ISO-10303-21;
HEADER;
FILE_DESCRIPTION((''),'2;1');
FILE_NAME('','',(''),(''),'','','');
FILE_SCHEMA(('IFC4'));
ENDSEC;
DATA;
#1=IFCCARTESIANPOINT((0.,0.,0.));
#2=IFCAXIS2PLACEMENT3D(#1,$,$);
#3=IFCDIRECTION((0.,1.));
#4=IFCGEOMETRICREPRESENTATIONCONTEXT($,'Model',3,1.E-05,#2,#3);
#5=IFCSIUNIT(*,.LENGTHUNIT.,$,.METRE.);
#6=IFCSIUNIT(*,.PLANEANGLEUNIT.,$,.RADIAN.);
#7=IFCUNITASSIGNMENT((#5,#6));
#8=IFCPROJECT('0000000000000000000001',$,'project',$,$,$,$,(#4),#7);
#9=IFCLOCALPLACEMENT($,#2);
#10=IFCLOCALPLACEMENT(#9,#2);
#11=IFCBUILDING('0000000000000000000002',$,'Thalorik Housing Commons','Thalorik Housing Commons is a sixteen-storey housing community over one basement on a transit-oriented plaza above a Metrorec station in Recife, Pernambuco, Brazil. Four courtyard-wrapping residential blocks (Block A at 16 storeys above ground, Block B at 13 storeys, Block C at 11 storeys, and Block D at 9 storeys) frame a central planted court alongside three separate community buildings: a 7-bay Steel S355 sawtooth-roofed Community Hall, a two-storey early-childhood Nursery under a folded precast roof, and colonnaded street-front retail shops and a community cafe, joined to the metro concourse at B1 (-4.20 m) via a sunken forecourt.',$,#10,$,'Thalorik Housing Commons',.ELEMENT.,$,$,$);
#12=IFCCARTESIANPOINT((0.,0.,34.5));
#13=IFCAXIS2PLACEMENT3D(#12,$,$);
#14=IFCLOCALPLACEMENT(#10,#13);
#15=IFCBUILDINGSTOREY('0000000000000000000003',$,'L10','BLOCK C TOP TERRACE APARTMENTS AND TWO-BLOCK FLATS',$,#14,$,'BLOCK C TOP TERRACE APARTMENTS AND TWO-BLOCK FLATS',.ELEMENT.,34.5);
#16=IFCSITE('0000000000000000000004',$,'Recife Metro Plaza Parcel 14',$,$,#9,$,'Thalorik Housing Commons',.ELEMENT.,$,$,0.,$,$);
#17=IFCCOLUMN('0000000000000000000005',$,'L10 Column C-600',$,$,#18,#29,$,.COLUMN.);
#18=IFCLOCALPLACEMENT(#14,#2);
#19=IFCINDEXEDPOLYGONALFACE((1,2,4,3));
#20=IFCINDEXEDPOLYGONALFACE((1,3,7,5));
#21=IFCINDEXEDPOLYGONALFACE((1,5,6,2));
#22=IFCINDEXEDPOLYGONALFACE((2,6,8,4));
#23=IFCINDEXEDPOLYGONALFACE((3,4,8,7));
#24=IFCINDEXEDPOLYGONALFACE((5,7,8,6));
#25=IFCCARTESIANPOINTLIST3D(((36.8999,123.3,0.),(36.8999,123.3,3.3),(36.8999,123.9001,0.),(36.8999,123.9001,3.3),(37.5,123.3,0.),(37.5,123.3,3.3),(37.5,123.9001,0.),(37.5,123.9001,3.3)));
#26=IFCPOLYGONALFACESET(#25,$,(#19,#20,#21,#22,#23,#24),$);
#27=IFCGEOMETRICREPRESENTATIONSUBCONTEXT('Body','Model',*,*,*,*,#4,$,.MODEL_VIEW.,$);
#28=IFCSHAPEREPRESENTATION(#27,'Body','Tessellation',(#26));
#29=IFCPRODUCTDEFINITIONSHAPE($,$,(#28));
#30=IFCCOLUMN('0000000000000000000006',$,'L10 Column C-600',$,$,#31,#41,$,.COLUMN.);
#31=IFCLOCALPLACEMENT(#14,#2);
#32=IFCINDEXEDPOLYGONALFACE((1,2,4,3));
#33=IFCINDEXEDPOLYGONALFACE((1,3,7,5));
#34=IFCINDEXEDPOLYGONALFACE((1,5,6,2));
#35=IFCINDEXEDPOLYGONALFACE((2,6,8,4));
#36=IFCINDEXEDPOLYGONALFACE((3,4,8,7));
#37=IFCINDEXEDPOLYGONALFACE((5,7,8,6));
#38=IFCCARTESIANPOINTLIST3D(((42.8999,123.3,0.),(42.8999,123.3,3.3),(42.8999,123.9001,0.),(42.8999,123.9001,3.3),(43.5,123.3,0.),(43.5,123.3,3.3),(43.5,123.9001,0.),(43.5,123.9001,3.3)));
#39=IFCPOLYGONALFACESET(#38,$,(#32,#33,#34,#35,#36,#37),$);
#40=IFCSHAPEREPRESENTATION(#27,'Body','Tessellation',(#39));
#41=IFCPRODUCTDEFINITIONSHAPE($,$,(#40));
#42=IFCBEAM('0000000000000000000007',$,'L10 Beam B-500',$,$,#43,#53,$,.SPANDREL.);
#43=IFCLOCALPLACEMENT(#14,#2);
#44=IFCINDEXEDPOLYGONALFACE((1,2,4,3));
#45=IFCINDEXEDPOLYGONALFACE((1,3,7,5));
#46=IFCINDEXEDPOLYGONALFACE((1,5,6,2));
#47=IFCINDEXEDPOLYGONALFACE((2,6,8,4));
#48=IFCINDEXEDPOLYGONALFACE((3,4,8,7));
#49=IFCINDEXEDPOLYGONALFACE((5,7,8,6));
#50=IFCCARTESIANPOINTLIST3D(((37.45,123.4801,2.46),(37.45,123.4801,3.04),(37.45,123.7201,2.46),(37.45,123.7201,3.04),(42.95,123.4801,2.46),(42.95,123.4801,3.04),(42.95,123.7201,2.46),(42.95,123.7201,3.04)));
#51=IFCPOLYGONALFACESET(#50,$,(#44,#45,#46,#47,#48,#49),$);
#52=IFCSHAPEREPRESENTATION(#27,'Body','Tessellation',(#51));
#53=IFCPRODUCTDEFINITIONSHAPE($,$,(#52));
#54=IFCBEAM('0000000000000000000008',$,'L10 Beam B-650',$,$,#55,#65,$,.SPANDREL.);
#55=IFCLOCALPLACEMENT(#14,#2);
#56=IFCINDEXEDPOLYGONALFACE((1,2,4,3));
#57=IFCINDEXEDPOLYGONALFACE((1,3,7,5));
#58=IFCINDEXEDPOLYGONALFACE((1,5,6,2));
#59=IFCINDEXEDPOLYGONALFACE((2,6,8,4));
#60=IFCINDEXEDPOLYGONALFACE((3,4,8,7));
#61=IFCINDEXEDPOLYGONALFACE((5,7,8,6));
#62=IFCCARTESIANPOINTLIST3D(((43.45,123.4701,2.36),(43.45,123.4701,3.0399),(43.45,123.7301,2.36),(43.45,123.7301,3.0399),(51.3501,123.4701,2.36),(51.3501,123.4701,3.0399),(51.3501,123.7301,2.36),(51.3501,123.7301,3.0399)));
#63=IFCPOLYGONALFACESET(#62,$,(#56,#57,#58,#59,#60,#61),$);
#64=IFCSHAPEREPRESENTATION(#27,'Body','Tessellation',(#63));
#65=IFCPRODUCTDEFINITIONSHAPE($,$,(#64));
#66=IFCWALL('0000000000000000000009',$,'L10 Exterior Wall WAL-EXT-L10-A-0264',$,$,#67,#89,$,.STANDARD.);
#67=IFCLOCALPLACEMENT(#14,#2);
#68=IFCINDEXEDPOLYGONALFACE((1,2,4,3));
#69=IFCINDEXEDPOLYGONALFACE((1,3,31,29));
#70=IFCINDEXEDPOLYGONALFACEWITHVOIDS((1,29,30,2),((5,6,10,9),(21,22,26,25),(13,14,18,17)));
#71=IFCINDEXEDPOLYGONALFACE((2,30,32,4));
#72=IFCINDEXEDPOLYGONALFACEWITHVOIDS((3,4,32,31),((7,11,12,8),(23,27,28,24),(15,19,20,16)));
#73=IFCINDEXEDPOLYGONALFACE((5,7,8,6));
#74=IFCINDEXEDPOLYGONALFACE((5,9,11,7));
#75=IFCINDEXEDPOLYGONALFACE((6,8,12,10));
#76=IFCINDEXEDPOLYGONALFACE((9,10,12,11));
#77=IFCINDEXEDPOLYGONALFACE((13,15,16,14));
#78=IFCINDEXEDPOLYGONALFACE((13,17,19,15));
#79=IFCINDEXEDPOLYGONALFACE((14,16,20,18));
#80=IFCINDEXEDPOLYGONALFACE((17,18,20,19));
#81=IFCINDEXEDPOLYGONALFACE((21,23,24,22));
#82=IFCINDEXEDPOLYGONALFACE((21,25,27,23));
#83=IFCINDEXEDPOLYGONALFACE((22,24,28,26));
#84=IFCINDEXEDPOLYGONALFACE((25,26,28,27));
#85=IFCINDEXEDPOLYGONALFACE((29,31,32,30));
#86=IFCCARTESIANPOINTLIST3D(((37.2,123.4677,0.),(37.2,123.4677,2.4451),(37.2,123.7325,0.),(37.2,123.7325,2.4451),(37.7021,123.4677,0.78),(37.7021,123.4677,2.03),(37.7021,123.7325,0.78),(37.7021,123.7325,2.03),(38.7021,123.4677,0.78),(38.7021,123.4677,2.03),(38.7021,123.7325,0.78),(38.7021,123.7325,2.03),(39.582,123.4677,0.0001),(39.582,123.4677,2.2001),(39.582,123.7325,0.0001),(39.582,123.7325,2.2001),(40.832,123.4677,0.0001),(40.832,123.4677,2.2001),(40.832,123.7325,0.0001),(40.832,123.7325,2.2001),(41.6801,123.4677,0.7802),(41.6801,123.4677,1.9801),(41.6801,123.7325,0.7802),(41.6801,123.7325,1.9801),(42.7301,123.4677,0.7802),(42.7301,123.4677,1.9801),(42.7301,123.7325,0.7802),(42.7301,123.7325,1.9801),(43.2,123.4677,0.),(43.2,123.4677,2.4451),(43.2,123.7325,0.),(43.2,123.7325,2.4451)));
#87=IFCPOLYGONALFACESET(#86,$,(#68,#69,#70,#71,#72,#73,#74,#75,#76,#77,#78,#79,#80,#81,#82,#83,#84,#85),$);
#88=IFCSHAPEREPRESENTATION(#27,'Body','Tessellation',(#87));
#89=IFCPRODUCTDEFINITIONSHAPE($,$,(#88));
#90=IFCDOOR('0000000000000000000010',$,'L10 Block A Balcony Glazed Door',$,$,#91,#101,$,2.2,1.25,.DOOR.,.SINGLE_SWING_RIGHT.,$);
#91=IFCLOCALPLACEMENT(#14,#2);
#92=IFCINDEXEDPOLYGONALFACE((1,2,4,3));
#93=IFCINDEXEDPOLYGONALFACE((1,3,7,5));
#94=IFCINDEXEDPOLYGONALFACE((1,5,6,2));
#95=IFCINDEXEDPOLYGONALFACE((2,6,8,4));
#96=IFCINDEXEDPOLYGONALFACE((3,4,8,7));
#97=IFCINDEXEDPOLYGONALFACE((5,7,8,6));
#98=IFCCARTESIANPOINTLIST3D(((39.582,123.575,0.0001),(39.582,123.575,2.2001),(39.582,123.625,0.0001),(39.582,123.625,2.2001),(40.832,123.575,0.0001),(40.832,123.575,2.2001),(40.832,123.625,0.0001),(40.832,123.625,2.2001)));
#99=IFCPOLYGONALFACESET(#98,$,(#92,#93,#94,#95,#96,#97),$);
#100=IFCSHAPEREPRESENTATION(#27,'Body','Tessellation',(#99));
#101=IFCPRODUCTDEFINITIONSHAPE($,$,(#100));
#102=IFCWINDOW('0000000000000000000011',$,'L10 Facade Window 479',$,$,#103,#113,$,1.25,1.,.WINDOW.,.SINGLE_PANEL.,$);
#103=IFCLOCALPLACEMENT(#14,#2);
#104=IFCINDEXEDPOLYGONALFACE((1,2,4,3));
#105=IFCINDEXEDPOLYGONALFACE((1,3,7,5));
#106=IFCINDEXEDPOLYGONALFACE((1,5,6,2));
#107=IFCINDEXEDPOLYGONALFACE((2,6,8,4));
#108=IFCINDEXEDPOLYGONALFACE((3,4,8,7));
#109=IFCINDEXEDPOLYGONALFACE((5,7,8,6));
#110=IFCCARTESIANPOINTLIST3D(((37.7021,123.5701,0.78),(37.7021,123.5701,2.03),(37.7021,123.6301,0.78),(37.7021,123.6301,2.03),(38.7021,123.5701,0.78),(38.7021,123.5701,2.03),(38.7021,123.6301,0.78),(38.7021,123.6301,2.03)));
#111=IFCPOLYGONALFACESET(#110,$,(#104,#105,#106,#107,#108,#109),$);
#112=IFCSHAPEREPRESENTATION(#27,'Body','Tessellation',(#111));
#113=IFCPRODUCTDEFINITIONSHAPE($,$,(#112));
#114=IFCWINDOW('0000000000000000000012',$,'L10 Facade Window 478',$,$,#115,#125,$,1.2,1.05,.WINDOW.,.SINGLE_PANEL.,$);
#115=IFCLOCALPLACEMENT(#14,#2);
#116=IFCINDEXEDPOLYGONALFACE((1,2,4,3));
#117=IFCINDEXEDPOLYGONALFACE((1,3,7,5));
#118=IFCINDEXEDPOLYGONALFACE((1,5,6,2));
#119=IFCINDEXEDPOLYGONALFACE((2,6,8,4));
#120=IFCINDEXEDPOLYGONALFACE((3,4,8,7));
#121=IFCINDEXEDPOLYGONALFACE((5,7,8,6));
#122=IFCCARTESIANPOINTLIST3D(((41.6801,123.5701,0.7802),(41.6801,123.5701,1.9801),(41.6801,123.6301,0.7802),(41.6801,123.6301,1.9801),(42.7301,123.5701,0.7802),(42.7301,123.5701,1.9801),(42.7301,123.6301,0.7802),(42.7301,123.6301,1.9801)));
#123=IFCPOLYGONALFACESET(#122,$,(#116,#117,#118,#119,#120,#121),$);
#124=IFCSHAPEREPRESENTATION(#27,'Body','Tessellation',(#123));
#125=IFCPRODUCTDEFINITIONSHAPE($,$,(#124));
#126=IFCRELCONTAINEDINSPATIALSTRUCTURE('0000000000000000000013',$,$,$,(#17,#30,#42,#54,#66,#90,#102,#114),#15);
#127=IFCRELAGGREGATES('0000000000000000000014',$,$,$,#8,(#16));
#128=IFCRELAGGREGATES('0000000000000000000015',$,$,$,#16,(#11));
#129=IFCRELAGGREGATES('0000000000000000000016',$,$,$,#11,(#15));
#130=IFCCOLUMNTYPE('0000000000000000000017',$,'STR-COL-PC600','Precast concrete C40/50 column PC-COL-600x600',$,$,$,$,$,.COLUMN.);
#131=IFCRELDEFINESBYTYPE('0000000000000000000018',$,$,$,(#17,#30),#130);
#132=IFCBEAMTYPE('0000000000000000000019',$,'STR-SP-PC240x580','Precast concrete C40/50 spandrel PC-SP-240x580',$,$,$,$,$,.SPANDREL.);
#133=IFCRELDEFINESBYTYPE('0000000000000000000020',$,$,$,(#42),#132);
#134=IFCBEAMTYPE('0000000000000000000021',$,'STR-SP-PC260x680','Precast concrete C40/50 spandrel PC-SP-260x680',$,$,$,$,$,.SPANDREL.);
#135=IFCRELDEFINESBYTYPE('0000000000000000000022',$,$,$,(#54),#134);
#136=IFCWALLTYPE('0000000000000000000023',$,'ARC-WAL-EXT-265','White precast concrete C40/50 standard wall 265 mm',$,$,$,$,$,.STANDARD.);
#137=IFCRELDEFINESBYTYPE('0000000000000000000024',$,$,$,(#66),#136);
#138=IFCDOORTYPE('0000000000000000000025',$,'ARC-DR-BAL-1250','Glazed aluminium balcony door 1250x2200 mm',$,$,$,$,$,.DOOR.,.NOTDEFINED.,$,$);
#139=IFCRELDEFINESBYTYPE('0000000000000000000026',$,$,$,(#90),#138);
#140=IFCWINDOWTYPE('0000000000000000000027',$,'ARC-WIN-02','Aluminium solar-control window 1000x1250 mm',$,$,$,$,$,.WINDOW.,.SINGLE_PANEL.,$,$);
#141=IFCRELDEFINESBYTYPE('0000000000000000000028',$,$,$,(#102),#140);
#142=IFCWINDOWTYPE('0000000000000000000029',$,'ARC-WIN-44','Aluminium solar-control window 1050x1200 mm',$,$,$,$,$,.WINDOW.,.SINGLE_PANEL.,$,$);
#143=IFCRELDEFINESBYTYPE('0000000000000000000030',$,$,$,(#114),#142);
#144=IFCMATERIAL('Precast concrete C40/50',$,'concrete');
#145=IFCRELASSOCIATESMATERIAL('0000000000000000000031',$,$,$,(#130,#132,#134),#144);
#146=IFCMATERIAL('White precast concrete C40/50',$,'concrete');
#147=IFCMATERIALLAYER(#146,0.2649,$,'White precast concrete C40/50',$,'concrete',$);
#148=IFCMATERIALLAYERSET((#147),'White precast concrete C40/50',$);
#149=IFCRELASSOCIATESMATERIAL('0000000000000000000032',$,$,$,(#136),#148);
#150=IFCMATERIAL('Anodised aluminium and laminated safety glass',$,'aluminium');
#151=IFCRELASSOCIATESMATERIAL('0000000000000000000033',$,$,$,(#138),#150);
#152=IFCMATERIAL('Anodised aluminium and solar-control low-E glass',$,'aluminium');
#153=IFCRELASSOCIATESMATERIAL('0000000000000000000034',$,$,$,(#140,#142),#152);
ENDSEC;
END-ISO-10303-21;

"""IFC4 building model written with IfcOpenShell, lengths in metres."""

from ifc_helpers import new_model, si_unit, direction, frame, frame_2d, origin, origin_2d, place, context, subcontext, project, spatial, rectangle, extrude, material, layer, layer_set, material_profile, profile_set, type_object, element, fill, save


model = new_model("IFC4")

# Units and contexts
model_context = context("Model", 3, precision=1e-05, world=origin(), true_north=direction((0.0, 1.0)))
body_context = subcontext(model_context, "Body", "Model", "MODEL_VIEW")
ifc_project = project(units=[si_unit("LENGTHUNIT", "METRE"), si_unit("PLANEANGLEUNIT", "RADIAN")], contexts=[model_context])

# Site, building, storey
site_placement = place(None, origin())
site = spatial("IfcSite", under=ifc_project, at=site_placement, Name="Recife Metro Plaza Parcel 14", LongName="Thalorik Housing Commons", CompositionType="ELEMENT", RefElevation=0.0)
building_placement = place(site_placement, origin())
building = spatial("IfcBuilding", under=site, at=building_placement, Name="Thalorik Housing Commons", Description="Thalorik Housing Commons is a sixteen-storey housing community over one basement on a transit-oriented plaza above a Metrorec station in Recife, Pernambuco, Brazil. Four courtyard-wrapping residential blocks (Block A at 16 storeys above ground, Block B at 13 storeys, Block C at 11 storeys, and Block D at 9 storeys) frame a central planted court alongside three separate community buildings: a 7-bay Steel S355 sawtooth-roofed Community Hall, a two-storey early-childhood Nursery under a folded precast roof, and colonnaded street-front retail shops and a community cafe, joined to the metro concourse at B1 (-4.20 m) via a sunken forecourt.", LongName="Thalorik Housing Commons", CompositionType="ELEMENT")
storey_placement = place(building_placement, frame((0.0, 0.0, 34.5)))
storey = spatial("IfcBuildingStorey", under=building, at=storey_placement, Name="L10", Description="BLOCK C TOP TERRACE APARTMENTS AND TWO-BLOCK FLATS", LongName="BLOCK C TOP TERRACE APARTMENTS AND TWO-BLOCK FLATS", CompositionType="ELEMENT", Elevation=34.5)

# Columns
ifc_material_1 = material(Name="Precast concrete C40/50", Category="concrete")
ifc_material_profile_1 = material_profile(ifc_material_1, rectangle(XDim=0.6001, YDim=0.6001, at=origin_2d()), Name="PC 600x600", Category="concrete")
ifc_profile_set_1 = profile_set([ifc_material_profile_1], Name="Precast concrete C40/50")
column_type = type_object("IfcColumnType", Name="STR-COL-PC600", Description="Precast concrete C40/50 column PC-COL-600x600", PredefinedType="COLUMN", material=ifc_profile_set_1)
for number, where, z_axis, x_axis, name in (
    (1, (37.2, 123.6001, 0.0), (0.0, 0.0, 1.0), (1.0, 0.0, 0.0), "L10 Column C-600"),
    (2, (43.2, 123.6001, 0.0), (0.0, 0.0, 1.0), (1.0, 0.0, 0.0), "L10 Column C-600"),
):
    element("IfcColumn", number, at=place(storey_placement, frame(where, z_axis=z_axis, x_axis=x_axis)), inside=storey, type_object=column_type, Name=name, PredefinedType="COLUMN", context=body_context, shape_type="SweptSolid", body=[
        extrude(rectangle(XDim=0.6001, YDim=0.6001, at=origin_2d()), origin(), (0.0, 0.0, 1.0), 3.3),
    ])

# Beams
ifc_material_profile_2 = material_profile(ifc_material_1, rectangle(XDim=0.24, YDim=0.5801, at=origin_2d()), Name="PC SP 240x580", Category="concrete")
ifc_profile_set_2 = profile_set([ifc_material_profile_2], Name="Precast concrete C40/50")
beam_type_1 = type_object("IfcBeamType", Name="STR-SP-PC240x580", Description="Precast concrete C40/50 spandrel PC-SP-240x580", PredefinedType="SPANDREL", material=ifc_profile_set_2)
beam_1_placement = place(storey_placement, frame((37.45, 123.6001, 2.75), z_axis=(1.0, 0.0, 0.0), x_axis=(0.0, 1.0, 0.0)))
element("IfcBeam", 3, at=beam_1_placement, inside=storey, type_object=beam_type_1, Name="L10 Beam B-500", PredefinedType="SPANDREL", context=body_context, shape_type="SweptSolid", body=[
    extrude(rectangle(XDim=0.24, YDim=0.5801, at=origin_2d()), origin(), (0.0, 0.0, 1.0), 5.5),
])
ifc_material_profile_3 = material_profile(ifc_material_1, rectangle(XDim=0.26, YDim=0.6799, at=origin_2d()), Name="PC SP 260x680", Category="concrete")
ifc_profile_set_3 = profile_set([ifc_material_profile_3], Name="Precast concrete C40/50")
beam_type_2 = type_object("IfcBeamType", Name="STR-SP-PC260x680", Description="Precast concrete C40/50 spandrel PC-SP-260x680", PredefinedType="SPANDREL", material=ifc_profile_set_3)
beam_2_placement = place(storey_placement, frame((43.45, 123.6001, 2.7), z_axis=(1.0, 0.0, 0.0), x_axis=(0.0, 1.0, 0.0)))
element("IfcBeam", 4, at=beam_2_placement, inside=storey, type_object=beam_type_2, Name="L10 Beam B-650", PredefinedType="SPANDREL", context=body_context, shape_type="SweptSolid", body=[
    extrude(rectangle(XDim=0.26, YDim=0.6799, at=origin_2d()), origin(), (0.0, 0.0, 1.0), 7.9001),
])

# Wall, openings, door, windows
ifc_material_2 = material(Name="White precast concrete C40/50", Category="concrete")
ifc_layer_1 = layer(ifc_material_2, 0.2649, Name="White precast concrete C40/50", Category="concrete")
ifc_layer_set_1 = layer_set([ifc_layer_1], Name="White precast concrete C40/50")
wall_type_1 = type_object("IfcWallType", Name="ARC-WAL-EXT-265", Description="White precast concrete C40/50 standard wall 265 mm", PredefinedType="STANDARD", material=ifc_layer_set_1)
wall_1_placement = place(storey_placement, frame((43.2, 123.6001, 0.0), z_axis=(0.0, 0.0, 1.0), x_axis=(-1.0, 0.0, 0.0)))
wall_1 = element("IfcWall", 5, at=wall_1_placement, inside=storey, type_object=wall_type_1, Name="L10 Exterior Wall WAL-EXT-L10-A-0264", PredefinedType="STANDARD", context=body_context, shape_type="SweptSolid", body=[
    extrude(rectangle(XDim=6.0, YDim=0.2649, at=frame_2d((3.0, 0.0))), origin(), (0.0, 0.0, 1.0), 2.4451),
])
opening_1_placement = place(wall_1_placement, frame((2.3679, 0.0, 0.0)))
opening_1 = element("IfcOpeningElement", 6, at=opening_1_placement, cuts=wall_1, PredefinedType="OPENING", context=body_context, shape_type="SweptSolid", body=[
    extrude(rectangle(XDim=1.25, YDim=2.2, at=frame_2d((0.625, 1.1001))), frame((0.0, 0.1426, 0.0), z_axis=(0.0, -1.0, 0.0), x_axis=(1.0, 0.0, 0.0)), (0.0, 0.0, 1.0), 0.2849),
])
opening_2_placement = place(wall_1_placement, frame((0.47, 0.0, 0.78)))
opening_2 = element("IfcOpeningElement", 7, at=opening_2_placement, cuts=wall_1, PredefinedType="OPENING", context=body_context, shape_type="SweptSolid", body=[
    extrude(rectangle(XDim=1.05, YDim=1.2, at=frame_2d((0.5249, 0.6001))), frame((0.0, 0.1426, 0.0), z_axis=(0.0, -1.0, 0.0), x_axis=(1.0, 0.0, 0.0)), (0.0, 0.0, 1.0), 0.2849),
])
opening_3_placement = place(wall_1_placement, frame((4.4978, 0.0, 0.78)))
opening_3 = element("IfcOpeningElement", 8, at=opening_3_placement, cuts=wall_1, PredefinedType="OPENING", context=body_context, shape_type="SweptSolid", body=[
    extrude(rectangle(XDim=1.0, YDim=1.25, at=frame_2d((0.5, 0.625))), frame((0.0, 0.1426, 0.0), z_axis=(0.0, -1.0, 0.0), x_axis=(1.0, 0.0, 0.0)), (0.0, 0.0, 1.0), 0.2849),
])
ifc_material_3 = material(Name="Anodised aluminium and laminated safety glass", Category="aluminium")
door_type_1 = type_object("IfcDoorType", Name="ARC-DR-BAL-1250", Description="Glazed aluminium balcony door 1250x2200 mm", OperationType="NOTDEFINED", PredefinedType="DOOR", material=ifc_material_3)
door_1_placement = place(opening_1_placement, frame((1.25, 0.0, 0.0), z_axis=(0.0, 0.0, 1.0), x_axis=(-1.0, 0.0, 0.0)))
door_1 = element("IfcDoor", 9, at=door_1_placement, inside=storey, type_object=door_type_1, Name="L10 Block A Balcony Glazed Door", OperationType="SINGLE_SWING_RIGHT", OverallHeight=2.2, OverallWidth=1.25, PredefinedType="DOOR", context=body_context, shape_type="SweptSolid", body=[
    extrude(rectangle(XDim=1.25, YDim=2.2, at=frame_2d((0.625, 1.1001))), frame((0.0, 0.0249, 0.0), z_axis=(0.0, -1.0, 0.0), x_axis=(1.0, 0.0, 0.0)), (0.0, 0.0, 1.0), 0.05),
])
fill(opening_1, door_1)
ifc_material_4 = material(Name="Anodised aluminium and solar-control low-E glass", Category="aluminium")
window_type_1 = type_object("IfcWindowType", Name="ARC-WIN-02", Description="Aluminium solar-control window 1000x1250 mm", PartitioningType="SINGLE_PANEL", PredefinedType="WINDOW", material=ifc_material_4)
window_1_placement = place(opening_3_placement, origin())
window_1 = element("IfcWindow", 10, at=window_1_placement, inside=storey, type_object=window_type_1, Name="L10 Facade Window 479", OverallHeight=1.25, OverallWidth=1.0, PartitioningType="SINGLE_PANEL", PredefinedType="WINDOW", context=body_context, shape_type="SweptSolid", body=[
    extrude(rectangle(XDim=1.0, YDim=1.25, at=frame_2d((0.5, 0.625))), frame((0.0, 0.03, 0.0), z_axis=(0.0, -1.0, 0.0), x_axis=(1.0, 0.0, 0.0)), (0.0, 0.0, 1.0), 0.0601),
])
fill(opening_3, window_1)
window_type_2 = type_object("IfcWindowType", Name="ARC-WIN-44", Description="Aluminium solar-control window 1050x1200 mm", PartitioningType="SINGLE_PANEL", PredefinedType="WINDOW", material=ifc_material_4)
window_2_placement = place(opening_2_placement, origin())
window_2 = element("IfcWindow", 11, at=window_2_placement, inside=storey, type_object=window_type_2, Name="L10 Facade Window 478", OverallHeight=1.2, OverallWidth=1.05, PartitioningType="SINGLE_PANEL", PredefinedType="WINDOW", context=body_context, shape_type="SweptSolid", body=[
    extrude(rectangle(XDim=1.05, YDim=1.2, at=frame_2d((0.5249, 0.6001))), frame((0.0, 0.03, 0.0), z_axis=(0.0, -1.0, 0.0), x_axis=(1.0, 0.0, 0.0)), (0.0, 0.0, 1.0), 0.0601),
])
fill(opening_2, window_2)

save(model, "model.ifc")
